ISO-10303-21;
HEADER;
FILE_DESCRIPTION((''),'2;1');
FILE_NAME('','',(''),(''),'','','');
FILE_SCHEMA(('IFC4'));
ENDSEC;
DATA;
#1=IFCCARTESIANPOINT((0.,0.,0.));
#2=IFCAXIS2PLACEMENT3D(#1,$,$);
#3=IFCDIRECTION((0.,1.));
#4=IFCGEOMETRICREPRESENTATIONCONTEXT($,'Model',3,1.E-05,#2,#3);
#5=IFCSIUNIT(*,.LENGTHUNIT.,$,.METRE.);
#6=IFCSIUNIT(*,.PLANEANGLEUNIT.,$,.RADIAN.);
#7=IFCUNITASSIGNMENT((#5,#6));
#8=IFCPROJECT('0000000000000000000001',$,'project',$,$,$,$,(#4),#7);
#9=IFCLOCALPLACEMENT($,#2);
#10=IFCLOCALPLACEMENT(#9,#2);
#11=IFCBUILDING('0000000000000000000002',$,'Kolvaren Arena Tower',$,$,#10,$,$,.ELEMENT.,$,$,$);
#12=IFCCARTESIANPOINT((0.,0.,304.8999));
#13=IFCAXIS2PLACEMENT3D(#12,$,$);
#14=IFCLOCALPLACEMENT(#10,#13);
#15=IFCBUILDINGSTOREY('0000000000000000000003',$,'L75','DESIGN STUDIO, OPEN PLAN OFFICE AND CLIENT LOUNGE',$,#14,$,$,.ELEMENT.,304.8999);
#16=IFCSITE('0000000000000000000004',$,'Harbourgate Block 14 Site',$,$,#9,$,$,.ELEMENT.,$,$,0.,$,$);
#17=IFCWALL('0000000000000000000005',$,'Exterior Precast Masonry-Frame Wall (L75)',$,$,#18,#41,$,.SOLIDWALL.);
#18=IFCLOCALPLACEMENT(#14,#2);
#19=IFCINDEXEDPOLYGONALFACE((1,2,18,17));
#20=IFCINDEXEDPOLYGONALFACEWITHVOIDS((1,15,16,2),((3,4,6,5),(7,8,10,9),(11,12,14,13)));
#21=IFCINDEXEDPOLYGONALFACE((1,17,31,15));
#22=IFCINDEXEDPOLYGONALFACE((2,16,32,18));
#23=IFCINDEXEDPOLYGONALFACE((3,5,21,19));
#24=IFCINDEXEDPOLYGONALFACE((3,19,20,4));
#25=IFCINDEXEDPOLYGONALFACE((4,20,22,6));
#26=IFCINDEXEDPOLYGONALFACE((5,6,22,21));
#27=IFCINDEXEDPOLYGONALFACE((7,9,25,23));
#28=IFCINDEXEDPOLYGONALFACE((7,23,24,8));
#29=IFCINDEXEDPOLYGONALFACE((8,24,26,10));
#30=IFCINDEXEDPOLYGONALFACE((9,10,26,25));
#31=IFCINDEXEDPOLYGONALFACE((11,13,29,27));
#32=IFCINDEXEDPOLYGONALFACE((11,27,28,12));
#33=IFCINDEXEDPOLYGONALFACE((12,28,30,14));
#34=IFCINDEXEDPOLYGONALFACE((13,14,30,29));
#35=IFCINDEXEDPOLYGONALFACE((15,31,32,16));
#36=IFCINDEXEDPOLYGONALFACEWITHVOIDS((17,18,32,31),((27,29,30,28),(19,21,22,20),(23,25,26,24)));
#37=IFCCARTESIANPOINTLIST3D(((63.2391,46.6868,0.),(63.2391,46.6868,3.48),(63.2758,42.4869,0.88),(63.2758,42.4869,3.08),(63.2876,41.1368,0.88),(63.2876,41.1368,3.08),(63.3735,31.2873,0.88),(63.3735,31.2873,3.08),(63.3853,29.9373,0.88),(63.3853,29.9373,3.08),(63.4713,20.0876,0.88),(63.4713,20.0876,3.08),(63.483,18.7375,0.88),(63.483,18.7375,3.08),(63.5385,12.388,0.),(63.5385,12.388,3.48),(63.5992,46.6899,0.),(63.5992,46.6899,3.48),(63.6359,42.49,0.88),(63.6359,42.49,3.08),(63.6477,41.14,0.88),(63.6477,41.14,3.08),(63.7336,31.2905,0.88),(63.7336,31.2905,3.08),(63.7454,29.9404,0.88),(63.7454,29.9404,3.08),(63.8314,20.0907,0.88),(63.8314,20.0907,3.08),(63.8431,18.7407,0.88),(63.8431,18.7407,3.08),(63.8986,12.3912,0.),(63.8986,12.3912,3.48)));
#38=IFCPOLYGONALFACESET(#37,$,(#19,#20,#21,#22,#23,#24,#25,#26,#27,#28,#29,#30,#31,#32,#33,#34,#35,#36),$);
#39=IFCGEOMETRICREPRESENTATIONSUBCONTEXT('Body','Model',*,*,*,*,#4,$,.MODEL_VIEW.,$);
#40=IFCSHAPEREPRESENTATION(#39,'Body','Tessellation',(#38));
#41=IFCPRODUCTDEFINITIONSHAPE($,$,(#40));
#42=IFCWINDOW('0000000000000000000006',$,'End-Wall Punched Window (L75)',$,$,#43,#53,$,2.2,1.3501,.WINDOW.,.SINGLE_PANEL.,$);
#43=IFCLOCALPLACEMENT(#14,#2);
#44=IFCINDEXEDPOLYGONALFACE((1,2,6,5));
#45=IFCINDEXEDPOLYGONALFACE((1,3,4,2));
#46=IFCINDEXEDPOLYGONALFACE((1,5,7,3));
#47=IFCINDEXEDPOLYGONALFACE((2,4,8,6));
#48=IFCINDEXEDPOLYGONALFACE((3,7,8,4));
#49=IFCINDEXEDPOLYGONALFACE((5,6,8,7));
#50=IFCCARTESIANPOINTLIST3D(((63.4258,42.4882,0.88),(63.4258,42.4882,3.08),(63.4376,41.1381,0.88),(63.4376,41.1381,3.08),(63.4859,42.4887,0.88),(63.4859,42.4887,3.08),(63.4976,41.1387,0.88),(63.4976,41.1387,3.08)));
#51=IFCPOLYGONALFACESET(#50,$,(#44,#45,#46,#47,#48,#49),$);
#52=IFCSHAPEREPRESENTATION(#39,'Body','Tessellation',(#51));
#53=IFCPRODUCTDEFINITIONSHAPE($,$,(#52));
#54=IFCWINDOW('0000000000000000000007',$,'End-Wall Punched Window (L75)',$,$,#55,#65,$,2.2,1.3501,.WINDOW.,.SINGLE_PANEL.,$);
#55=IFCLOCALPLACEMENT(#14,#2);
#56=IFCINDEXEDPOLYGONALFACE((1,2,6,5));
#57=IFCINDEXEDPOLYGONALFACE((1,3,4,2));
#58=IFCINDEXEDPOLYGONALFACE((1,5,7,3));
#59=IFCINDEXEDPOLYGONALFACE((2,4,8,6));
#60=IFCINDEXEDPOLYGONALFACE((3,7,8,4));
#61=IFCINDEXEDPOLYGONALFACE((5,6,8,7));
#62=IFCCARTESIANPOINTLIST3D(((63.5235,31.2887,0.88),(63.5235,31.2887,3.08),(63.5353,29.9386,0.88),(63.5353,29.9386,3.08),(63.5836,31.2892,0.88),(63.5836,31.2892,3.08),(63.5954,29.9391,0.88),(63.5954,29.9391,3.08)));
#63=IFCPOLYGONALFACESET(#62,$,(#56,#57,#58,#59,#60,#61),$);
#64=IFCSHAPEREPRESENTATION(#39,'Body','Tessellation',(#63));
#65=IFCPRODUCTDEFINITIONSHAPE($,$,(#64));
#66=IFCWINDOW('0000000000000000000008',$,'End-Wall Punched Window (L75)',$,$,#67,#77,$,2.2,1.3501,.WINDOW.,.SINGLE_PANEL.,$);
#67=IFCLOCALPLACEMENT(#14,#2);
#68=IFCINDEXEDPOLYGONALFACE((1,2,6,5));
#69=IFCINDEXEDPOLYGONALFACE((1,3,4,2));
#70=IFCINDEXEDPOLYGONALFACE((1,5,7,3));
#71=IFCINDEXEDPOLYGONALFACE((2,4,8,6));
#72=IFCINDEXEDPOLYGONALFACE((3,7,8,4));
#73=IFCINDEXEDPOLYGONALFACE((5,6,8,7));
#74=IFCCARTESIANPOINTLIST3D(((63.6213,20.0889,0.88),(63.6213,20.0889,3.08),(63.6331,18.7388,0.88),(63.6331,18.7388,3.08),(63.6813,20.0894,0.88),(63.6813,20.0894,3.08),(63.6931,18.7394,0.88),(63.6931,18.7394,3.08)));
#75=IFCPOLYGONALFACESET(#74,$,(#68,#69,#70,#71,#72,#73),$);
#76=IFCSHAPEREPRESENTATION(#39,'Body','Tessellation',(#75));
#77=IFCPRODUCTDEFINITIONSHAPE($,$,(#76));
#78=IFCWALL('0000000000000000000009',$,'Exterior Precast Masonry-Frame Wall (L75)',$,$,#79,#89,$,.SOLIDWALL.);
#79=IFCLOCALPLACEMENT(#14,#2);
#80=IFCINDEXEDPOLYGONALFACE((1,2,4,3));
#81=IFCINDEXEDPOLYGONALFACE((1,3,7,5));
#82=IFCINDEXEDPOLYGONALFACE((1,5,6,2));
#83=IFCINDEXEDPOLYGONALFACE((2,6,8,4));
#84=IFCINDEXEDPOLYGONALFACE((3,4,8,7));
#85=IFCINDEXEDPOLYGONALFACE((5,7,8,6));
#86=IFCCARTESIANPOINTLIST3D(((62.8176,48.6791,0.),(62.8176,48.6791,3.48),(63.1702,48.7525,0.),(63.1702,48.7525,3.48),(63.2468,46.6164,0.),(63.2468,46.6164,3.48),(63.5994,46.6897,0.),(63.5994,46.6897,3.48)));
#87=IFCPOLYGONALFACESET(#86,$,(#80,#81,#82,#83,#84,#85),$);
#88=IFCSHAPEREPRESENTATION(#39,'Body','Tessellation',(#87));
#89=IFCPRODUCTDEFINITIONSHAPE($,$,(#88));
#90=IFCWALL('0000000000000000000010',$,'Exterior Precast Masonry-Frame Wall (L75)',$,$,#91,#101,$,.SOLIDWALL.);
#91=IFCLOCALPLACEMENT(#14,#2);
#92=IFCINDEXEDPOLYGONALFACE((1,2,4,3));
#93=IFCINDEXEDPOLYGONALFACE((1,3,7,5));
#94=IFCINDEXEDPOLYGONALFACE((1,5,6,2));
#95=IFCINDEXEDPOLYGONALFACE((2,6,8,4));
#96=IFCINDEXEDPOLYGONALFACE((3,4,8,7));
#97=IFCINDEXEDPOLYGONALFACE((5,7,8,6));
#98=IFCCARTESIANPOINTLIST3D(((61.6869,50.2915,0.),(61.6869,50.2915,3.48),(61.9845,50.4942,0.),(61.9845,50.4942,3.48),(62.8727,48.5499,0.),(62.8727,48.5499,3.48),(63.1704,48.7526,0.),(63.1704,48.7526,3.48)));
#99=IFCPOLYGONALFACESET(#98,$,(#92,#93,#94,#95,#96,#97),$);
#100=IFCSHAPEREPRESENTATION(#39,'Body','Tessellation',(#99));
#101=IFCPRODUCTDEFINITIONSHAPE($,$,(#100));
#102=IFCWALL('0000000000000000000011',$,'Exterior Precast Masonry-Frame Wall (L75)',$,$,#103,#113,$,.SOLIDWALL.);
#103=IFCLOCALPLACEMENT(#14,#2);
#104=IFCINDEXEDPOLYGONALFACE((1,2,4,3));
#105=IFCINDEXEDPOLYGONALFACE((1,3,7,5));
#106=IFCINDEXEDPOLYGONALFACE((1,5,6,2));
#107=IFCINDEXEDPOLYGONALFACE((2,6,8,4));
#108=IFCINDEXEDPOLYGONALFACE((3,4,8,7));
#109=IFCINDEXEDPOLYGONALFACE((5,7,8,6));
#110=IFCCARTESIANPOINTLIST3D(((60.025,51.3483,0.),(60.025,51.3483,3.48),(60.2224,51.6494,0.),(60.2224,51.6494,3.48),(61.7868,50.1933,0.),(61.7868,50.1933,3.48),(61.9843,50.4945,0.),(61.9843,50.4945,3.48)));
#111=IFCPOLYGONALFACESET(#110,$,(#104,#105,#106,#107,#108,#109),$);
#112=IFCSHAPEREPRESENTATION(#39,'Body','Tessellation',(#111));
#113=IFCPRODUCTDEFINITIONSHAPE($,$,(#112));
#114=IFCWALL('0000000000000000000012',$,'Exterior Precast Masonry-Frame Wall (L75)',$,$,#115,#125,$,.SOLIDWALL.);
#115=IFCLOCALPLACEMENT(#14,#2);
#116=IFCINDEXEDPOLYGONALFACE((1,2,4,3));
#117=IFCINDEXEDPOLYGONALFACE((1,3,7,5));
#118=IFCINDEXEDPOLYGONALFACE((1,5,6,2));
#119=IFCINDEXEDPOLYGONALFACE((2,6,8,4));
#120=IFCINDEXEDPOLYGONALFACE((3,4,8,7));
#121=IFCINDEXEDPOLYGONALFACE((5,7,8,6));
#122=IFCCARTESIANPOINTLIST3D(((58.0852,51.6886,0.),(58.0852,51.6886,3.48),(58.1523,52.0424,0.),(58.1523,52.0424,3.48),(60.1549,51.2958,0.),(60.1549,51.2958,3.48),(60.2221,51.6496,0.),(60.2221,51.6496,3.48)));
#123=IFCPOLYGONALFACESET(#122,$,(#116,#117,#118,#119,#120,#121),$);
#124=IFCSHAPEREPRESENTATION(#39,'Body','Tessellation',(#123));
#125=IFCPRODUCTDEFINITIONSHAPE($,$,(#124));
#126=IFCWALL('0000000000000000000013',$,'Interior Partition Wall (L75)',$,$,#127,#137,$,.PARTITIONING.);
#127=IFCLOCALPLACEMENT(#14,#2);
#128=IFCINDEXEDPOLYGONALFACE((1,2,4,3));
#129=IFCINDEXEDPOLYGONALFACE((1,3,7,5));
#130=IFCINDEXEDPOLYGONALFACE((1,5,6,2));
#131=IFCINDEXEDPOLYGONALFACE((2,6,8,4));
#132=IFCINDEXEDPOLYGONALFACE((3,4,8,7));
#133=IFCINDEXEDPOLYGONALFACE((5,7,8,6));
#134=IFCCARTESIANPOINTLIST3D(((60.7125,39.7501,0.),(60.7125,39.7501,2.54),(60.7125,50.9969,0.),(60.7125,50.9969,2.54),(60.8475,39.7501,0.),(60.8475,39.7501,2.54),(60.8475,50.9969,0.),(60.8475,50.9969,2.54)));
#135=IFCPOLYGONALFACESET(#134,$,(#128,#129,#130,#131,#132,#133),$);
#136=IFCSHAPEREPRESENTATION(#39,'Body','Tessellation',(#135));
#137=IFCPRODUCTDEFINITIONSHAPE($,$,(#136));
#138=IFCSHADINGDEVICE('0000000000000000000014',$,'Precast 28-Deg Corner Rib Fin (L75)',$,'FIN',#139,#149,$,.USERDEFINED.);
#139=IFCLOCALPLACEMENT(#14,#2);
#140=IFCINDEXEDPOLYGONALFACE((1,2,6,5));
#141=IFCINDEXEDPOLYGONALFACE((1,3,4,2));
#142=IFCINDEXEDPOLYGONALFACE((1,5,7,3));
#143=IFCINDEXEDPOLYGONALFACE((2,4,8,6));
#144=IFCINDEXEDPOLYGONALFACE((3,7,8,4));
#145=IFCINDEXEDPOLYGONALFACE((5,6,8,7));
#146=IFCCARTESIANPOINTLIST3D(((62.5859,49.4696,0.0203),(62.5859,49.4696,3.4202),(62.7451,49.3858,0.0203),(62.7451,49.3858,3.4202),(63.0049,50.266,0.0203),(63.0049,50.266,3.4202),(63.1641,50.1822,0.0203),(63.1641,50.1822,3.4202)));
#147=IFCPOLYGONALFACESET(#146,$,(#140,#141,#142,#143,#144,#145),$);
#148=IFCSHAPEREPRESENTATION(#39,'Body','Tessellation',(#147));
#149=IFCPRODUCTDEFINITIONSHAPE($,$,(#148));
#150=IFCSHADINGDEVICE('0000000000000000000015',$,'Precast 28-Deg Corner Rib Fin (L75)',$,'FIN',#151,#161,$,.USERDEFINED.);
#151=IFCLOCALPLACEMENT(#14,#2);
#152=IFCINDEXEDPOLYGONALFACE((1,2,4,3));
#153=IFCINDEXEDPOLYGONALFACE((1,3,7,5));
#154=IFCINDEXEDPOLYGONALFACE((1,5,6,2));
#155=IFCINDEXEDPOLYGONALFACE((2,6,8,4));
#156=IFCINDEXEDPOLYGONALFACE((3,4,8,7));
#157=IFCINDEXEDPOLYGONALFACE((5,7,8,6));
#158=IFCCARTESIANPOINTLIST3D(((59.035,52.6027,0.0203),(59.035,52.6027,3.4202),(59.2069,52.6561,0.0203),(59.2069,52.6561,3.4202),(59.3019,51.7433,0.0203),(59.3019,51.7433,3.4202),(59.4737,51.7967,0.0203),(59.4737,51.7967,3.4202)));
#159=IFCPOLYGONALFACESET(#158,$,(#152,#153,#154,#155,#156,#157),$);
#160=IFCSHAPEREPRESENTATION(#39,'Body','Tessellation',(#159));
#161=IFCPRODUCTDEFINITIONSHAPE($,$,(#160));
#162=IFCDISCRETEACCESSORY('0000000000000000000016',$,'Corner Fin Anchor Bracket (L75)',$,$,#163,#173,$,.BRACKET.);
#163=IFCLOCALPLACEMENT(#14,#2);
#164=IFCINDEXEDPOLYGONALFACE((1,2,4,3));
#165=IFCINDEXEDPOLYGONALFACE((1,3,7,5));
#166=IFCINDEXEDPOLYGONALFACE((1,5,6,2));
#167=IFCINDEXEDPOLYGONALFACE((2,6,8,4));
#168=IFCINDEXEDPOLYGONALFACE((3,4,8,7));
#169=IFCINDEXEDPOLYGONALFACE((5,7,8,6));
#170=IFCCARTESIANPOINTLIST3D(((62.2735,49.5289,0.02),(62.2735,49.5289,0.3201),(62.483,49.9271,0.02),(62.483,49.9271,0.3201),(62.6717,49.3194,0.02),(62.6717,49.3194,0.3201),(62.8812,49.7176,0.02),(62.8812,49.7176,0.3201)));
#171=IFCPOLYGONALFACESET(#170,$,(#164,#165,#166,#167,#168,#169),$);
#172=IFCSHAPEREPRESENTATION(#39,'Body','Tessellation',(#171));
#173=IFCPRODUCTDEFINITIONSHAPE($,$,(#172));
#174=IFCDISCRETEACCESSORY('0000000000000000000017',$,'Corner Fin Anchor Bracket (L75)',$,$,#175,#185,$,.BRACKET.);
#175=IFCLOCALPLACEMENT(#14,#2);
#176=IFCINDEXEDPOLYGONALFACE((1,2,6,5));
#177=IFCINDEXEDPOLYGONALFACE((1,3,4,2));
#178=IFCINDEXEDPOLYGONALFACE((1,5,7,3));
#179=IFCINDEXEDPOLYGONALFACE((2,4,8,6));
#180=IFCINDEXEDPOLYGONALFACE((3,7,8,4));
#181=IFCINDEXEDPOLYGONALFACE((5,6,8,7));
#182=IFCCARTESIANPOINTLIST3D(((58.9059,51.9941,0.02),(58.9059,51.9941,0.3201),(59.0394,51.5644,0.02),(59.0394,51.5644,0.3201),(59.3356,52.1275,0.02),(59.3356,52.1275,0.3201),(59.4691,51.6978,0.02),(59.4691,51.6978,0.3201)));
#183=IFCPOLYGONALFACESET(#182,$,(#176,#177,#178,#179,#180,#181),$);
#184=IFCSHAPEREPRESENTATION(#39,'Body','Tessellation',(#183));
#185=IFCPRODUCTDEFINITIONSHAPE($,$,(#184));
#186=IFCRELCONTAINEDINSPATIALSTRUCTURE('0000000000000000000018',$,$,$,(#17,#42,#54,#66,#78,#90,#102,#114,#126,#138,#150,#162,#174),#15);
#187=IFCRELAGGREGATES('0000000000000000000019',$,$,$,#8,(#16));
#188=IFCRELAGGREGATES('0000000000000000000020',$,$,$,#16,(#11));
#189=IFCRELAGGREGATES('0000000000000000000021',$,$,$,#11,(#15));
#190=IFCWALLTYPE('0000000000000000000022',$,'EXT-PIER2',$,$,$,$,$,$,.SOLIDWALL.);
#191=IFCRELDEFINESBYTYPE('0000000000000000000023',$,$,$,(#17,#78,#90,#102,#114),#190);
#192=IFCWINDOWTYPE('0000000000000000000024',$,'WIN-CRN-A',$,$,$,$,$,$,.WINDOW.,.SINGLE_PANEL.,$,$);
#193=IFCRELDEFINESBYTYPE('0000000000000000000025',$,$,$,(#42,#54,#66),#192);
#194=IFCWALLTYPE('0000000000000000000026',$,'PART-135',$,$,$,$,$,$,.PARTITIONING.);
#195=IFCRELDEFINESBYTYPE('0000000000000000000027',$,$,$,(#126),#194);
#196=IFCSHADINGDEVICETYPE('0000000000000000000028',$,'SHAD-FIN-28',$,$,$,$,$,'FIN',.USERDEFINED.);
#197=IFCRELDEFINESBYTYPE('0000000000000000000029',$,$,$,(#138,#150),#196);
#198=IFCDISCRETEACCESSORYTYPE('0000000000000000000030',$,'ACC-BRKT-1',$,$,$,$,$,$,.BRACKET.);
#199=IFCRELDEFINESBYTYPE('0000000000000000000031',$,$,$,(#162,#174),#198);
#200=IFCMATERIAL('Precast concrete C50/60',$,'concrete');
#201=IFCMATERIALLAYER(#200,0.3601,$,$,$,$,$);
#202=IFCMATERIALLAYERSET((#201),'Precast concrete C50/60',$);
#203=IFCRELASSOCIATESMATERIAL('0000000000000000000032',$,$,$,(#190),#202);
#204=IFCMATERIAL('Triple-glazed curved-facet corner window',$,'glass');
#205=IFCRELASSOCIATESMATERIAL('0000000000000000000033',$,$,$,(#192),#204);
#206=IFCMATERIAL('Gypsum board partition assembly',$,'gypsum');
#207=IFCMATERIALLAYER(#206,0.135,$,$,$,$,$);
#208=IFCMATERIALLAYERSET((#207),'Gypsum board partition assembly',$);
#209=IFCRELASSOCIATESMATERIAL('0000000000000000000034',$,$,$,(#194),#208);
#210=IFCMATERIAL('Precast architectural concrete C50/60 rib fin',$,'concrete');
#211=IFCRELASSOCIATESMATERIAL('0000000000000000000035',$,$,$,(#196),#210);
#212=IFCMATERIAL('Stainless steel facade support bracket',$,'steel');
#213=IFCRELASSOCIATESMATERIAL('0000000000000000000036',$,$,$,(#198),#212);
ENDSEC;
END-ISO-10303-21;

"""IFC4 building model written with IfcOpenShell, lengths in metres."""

from ifc_helpers import new_model, si_unit, direction, frame, frame_2d, origin, origin_2d, place, context, subcontext, project, spatial, rectangle, extrude, material, layer, layer_set, type_object, element, fill, save


model = new_model("IFC4")

# Units and contexts
model_context = context("Model", 3, precision=1e-05, world=origin(), true_north=direction((0.0, 1.0)))
body_context = subcontext(model_context, "Body", "Model", "MODEL_VIEW")
ifc_project = project(units=[si_unit("LENGTHUNIT", "METRE"), si_unit("PLANEANGLEUNIT", "RADIAN")], contexts=[model_context])

# Site, building, storey
site_placement = place(None, origin())
site = spatial("IfcSite", under=ifc_project, at=site_placement, Name="Harbourgate Block 14 Site", CompositionType="ELEMENT", RefElevation=0.0)
building_placement = place(site_placement, origin())
building = spatial("IfcBuilding", under=site, at=building_placement, Name="Kolvaren Arena Tower", CompositionType="ELEMENT")
storey_placement = place(building_placement, frame((0.0, 0.0, 304.8999)))
storey = spatial("IfcBuildingStorey", under=building, at=storey_placement, Name="L75", Description="DESIGN STUDIO, OPEN PLAN OFFICE AND CLIENT LOUNGE", CompositionType="ELEMENT", Elevation=304.8999)

# Shared definitions
ifc_material_1 = material(Name="Precast concrete C50/60", Category="concrete")

# Wall, openings, windows
ifc_layer_1 = layer(ifc_material_1, 0.3601)
ifc_layer_set_1 = layer_set([ifc_layer_1], Name="Precast concrete C50/60")
wall_type_1 = type_object("IfcWallType", Name="EXT-PIER2", PredefinedType="SOLIDWALL", material=ifc_layer_set_1)
wall_1_placement = place(storey_placement, frame((63.4192, 46.6882, 0.0), z_axis=(0.0, 0.0, 1.0), x_axis=(0.008726, -0.999962, 0.0)))
wall_1 = element("IfcWall", 1, at=wall_1_placement, inside=storey, type_object=wall_type_1, Name="Exterior Precast Masonry-Frame Wall (L75)", PredefinedType="SOLIDWALL", context=body_context, shape_type="SweptSolid", body=[
    extrude(rectangle(XDim=34.3, YDim=0.3601, at=frame_2d((17.1499, 0.0))), origin(), (0.0, 0.0, 1.0), 3.48),
])
opening_1_placement = place(wall_1_placement, frame((4.2, 0.0, 0.8799)))
opening_1 = element("IfcOpeningElement", 2, at=opening_1_placement, cuts=wall_1, PredefinedType="OPENING", context=body_context, shape_type="SweptSolid", body=[
    extrude(rectangle(XDim=1.3501, YDim=2.2, at=frame_2d((0.675, 1.1001))), frame((0.0, 0.1899, 0.0), z_axis=(0.0, -1.0, 0.0), x_axis=(1.0, 0.0, 0.0)), (0.0, 0.0, 1.0), 0.3801),
])
opening_2_placement = place(wall_1_placement, frame((15.3999, 0.0, 0.8799)))
opening_2 = element("IfcOpeningElement", 3, at=opening_2_placement, cuts=wall_1, PredefinedType="OPENING", context=body_context, shape_type="SweptSolid", body=[
    extrude(rectangle(XDim=1.3501, YDim=2.2, at=frame_2d((0.675, 1.1001))), frame((0.0, 0.1899, 0.0), z_axis=(0.0, -1.0, 0.0), x_axis=(1.0, 0.0, 0.0)), (0.0, 0.0, 1.0), 0.3801),
])
opening_3_placement = place(wall_1_placement, frame((26.6001, 0.0, 0.8799)))
opening_3 = element("IfcOpeningElement", 4, at=opening_3_placement, cuts=wall_1, PredefinedType="OPENING", context=body_context, shape_type="SweptSolid", body=[
    extrude(rectangle(XDim=1.3501, YDim=2.2, at=frame_2d((0.675, 1.1001))), frame((0.0, 0.1899, 0.0), z_axis=(0.0, -1.0, 0.0), x_axis=(1.0, 0.0, 0.0)), (0.0, 0.0, 1.0), 0.3801),
])
ifc_material_2 = material(Name="Triple-glazed curved-facet corner window", Category="glass")
window_type = type_object("IfcWindowType", Name="WIN-CRN-A", PartitioningType="SINGLE_PANEL", PredefinedType="WINDOW", material=ifc_material_2)
window_1_placement = place(opening_1_placement, origin())
window_1 = element("IfcWindow", 5, at=window_1_placement, inside=storey, type_object=window_type, Name="End-Wall Punched Window (L75)", OverallHeight=2.2, OverallWidth=1.3501, PartitioningType="SINGLE_PANEL", PredefinedType="WINDOW", context=body_context, shape_type="SweptSolid", body=[
    extrude(rectangle(XDim=1.3501, YDim=2.2, at=frame_2d((0.675, 1.1001))), frame((0.0, 0.03, 0.0), z_axis=(0.0, -1.0, 0.0), x_axis=(1.0, 0.0, 0.0)), (0.0, 0.0, 1.0), 0.0601),
])
fill(opening_1, window_1)
window_2_placement = place(opening_2_placement, origin())
window_2 = element("IfcWindow", 6, at=window_2_placement, inside=storey, type_object=window_type, Name="End-Wall Punched Window (L75)", OverallHeight=2.2, OverallWidth=1.3501, PartitioningType="SINGLE_PANEL", PredefinedType="WINDOW", context=body_context, shape_type="SweptSolid", body=[
    extrude(rectangle(XDim=1.3501, YDim=2.2, at=frame_2d((0.675, 1.1001))), frame((0.0, 0.03, 0.0), z_axis=(0.0, -1.0, 0.0), x_axis=(1.0, 0.0, 0.0)), (0.0, 0.0, 1.0), 0.0601),
])
fill(opening_2, window_2)
window_3_placement = place(opening_3_placement, origin())
window_3 = element("IfcWindow", 7, at=window_3_placement, inside=storey, type_object=window_type, Name="End-Wall Punched Window (L75)", OverallHeight=2.2, OverallWidth=1.3501, PartitioningType="SINGLE_PANEL", PredefinedType="WINDOW", context=body_context, shape_type="SweptSolid", body=[
    extrude(rectangle(XDim=1.3501, YDim=2.2, at=frame_2d((0.675, 1.1001))), frame((0.0, 0.03, 0.0), z_axis=(0.0, -1.0, 0.0), x_axis=(1.0, 0.0, 0.0)), (0.0, 0.0, 1.0), 0.0601),
])
fill(opening_3, window_3)

# Walls
for number, where, z_axis, x_axis, name in (
    (8, (62.9939, 48.7158, 0.0), (0.0, 0.0, 1.0), (0.203709, -0.979031, 0.0), "Exterior Precast Masonry-Frame Wall (L75)"),
    (9, (61.8357, 50.3928, 0.0), (0.0, 0.0, 1.0), (0.56283, -0.826573, 0.0), "Exterior Precast Masonry-Frame Wall (L75)"),
):
    element("IfcWall", number, at=place(storey_placement, frame(where, z_axis=z_axis, x_axis=x_axis)), inside=storey, type_object=wall_type_1, Name=name, PredefinedType="SOLIDWALL", context=body_context, shape_type="SweptSolid", body=[
        extrude(rectangle(XDim=2.1069, YDim=0.3601, at=frame_2d((1.0535, 0.0))), origin(), (0.0, 0.0, 1.0), 3.48),
    ])
for number, where, z_axis, x_axis, name in (
    (10, (60.1238, 51.4988, 0.0), (0.0, 0.0, 1.0), (0.836322, -0.548239, 0.0), "Exterior Precast Masonry-Frame Wall (L75)"),
    (11, (58.1189, 51.8655, 0.0), (0.0, 0.0, 1.0), (0.982463, -0.186457, 0.0), "Exterior Precast Masonry-Frame Wall (L75)"),
):
    element("IfcWall", number, at=place(storey_placement, frame(where, z_axis=z_axis, x_axis=x_axis)), inside=storey, type_object=wall_type_1, Name=name, PredefinedType="SOLIDWALL", context=body_context, shape_type="SweptSolid", body=[
        extrude(rectangle(XDim=2.1067, YDim=0.3601, at=frame_2d((1.0532, 0.0))), origin(), (0.0, 0.0, 1.0), 3.48),
    ])
ifc_material_3 = material(Name="Gypsum board partition assembly", Category="gypsum")
ifc_layer_2 = layer(ifc_material_3, 0.135)
ifc_layer_set_2 = layer_set([ifc_layer_2], Name="Gypsum board partition assembly")
wall_type_2 = type_object("IfcWallType", Name="PART-135", PredefinedType="PARTITIONING", material=ifc_layer_set_2)
wall_2_placement = place(storey_placement, frame((60.78, 39.75, 0.0), z_axis=(0.0, 0.0, 1.0), x_axis=(0.0, 1.0, 0.0)))
element("IfcWall", 12, at=wall_2_placement, inside=storey, type_object=wall_type_2, Name="Interior Partition Wall (L75)", PredefinedType="PARTITIONING", context=body_context, shape_type="SweptSolid", body=[
    extrude(rectangle(XDim=11.2468, YDim=0.135, at=frame_2d((5.6235, 0.0))), origin(), (0.0, 0.0, 1.0), 2.54),
])

# Shading devices
ifc_material_4 = material(Name="Precast architectural concrete C50/60 rib fin", Category="concrete")
shading_device_type = type_object("IfcShadingDeviceType", Name="SHAD-FIN-28", ElementType="FIN", PredefinedType="USERDEFINED", material=ifc_material_4)
for number, where, z_axis, x_axis, name in (
    (13, (62.875, 49.8259, 0.0203), (0.0, 0.0, 1.0), (0.465619, 0.884985, 0.0), "Precast 28-Deg Corner Rib Fin (L75)"),
    (14, (59.2544, 52.1997, 0.0203), (0.0, 0.0, 1.0), (-0.296542, 0.95502, 0.0), "Precast 28-Deg Corner Rib Fin (L75)"),
):
    element("IfcShadingDevice", number, at=place(storey_placement, frame(where, z_axis=z_axis, x_axis=x_axis)), inside=storey, type_object=shading_device_type, Name=name, ObjectType="FIN", PredefinedType="USERDEFINED", context=body_context, shape_type="SweptSolid", body=[
        extrude(rectangle(XDim=0.8999, YDim=0.1799, at=origin_2d()), origin(), (0.0, 0.0, 1.0), 3.3999),
    ])

# Discrete accessories
ifc_material_5 = material(Name="Stainless steel facade support bracket", Category="steel")
discrete_accessory_type = type_object("IfcDiscreteAccessoryType", Name="ACC-BRKT-1", PredefinedType="BRACKET", material=ifc_material_5)
for number, where, z_axis, x_axis, name in (
    (15, (62.5774, 49.6233, 0.02), (0.0, 0.0, 1.0), (0.465619, 0.884985, 0.0), "Corner Fin Anchor Bracket (L75)"),
    (16, (59.1875, 51.8459, 0.02), (0.0, 0.0, 1.0), (-0.296542, 0.95502, 0.0), "Corner Fin Anchor Bracket (L75)"),
):
    element("IfcDiscreteAccessory", number, at=place(storey_placement, frame(where, z_axis=z_axis, x_axis=x_axis)), inside=storey, type_object=discrete_accessory_type, Name=name, PredefinedType="BRACKET", context=body_context, shape_type="SweptSolid", body=[
        extrude(rectangle(XDim=0.45, YDim=0.45, at=origin_2d()), origin(), (0.0, 0.0, 1.0), 0.3),
    ])

save(model, "model.ifc")
